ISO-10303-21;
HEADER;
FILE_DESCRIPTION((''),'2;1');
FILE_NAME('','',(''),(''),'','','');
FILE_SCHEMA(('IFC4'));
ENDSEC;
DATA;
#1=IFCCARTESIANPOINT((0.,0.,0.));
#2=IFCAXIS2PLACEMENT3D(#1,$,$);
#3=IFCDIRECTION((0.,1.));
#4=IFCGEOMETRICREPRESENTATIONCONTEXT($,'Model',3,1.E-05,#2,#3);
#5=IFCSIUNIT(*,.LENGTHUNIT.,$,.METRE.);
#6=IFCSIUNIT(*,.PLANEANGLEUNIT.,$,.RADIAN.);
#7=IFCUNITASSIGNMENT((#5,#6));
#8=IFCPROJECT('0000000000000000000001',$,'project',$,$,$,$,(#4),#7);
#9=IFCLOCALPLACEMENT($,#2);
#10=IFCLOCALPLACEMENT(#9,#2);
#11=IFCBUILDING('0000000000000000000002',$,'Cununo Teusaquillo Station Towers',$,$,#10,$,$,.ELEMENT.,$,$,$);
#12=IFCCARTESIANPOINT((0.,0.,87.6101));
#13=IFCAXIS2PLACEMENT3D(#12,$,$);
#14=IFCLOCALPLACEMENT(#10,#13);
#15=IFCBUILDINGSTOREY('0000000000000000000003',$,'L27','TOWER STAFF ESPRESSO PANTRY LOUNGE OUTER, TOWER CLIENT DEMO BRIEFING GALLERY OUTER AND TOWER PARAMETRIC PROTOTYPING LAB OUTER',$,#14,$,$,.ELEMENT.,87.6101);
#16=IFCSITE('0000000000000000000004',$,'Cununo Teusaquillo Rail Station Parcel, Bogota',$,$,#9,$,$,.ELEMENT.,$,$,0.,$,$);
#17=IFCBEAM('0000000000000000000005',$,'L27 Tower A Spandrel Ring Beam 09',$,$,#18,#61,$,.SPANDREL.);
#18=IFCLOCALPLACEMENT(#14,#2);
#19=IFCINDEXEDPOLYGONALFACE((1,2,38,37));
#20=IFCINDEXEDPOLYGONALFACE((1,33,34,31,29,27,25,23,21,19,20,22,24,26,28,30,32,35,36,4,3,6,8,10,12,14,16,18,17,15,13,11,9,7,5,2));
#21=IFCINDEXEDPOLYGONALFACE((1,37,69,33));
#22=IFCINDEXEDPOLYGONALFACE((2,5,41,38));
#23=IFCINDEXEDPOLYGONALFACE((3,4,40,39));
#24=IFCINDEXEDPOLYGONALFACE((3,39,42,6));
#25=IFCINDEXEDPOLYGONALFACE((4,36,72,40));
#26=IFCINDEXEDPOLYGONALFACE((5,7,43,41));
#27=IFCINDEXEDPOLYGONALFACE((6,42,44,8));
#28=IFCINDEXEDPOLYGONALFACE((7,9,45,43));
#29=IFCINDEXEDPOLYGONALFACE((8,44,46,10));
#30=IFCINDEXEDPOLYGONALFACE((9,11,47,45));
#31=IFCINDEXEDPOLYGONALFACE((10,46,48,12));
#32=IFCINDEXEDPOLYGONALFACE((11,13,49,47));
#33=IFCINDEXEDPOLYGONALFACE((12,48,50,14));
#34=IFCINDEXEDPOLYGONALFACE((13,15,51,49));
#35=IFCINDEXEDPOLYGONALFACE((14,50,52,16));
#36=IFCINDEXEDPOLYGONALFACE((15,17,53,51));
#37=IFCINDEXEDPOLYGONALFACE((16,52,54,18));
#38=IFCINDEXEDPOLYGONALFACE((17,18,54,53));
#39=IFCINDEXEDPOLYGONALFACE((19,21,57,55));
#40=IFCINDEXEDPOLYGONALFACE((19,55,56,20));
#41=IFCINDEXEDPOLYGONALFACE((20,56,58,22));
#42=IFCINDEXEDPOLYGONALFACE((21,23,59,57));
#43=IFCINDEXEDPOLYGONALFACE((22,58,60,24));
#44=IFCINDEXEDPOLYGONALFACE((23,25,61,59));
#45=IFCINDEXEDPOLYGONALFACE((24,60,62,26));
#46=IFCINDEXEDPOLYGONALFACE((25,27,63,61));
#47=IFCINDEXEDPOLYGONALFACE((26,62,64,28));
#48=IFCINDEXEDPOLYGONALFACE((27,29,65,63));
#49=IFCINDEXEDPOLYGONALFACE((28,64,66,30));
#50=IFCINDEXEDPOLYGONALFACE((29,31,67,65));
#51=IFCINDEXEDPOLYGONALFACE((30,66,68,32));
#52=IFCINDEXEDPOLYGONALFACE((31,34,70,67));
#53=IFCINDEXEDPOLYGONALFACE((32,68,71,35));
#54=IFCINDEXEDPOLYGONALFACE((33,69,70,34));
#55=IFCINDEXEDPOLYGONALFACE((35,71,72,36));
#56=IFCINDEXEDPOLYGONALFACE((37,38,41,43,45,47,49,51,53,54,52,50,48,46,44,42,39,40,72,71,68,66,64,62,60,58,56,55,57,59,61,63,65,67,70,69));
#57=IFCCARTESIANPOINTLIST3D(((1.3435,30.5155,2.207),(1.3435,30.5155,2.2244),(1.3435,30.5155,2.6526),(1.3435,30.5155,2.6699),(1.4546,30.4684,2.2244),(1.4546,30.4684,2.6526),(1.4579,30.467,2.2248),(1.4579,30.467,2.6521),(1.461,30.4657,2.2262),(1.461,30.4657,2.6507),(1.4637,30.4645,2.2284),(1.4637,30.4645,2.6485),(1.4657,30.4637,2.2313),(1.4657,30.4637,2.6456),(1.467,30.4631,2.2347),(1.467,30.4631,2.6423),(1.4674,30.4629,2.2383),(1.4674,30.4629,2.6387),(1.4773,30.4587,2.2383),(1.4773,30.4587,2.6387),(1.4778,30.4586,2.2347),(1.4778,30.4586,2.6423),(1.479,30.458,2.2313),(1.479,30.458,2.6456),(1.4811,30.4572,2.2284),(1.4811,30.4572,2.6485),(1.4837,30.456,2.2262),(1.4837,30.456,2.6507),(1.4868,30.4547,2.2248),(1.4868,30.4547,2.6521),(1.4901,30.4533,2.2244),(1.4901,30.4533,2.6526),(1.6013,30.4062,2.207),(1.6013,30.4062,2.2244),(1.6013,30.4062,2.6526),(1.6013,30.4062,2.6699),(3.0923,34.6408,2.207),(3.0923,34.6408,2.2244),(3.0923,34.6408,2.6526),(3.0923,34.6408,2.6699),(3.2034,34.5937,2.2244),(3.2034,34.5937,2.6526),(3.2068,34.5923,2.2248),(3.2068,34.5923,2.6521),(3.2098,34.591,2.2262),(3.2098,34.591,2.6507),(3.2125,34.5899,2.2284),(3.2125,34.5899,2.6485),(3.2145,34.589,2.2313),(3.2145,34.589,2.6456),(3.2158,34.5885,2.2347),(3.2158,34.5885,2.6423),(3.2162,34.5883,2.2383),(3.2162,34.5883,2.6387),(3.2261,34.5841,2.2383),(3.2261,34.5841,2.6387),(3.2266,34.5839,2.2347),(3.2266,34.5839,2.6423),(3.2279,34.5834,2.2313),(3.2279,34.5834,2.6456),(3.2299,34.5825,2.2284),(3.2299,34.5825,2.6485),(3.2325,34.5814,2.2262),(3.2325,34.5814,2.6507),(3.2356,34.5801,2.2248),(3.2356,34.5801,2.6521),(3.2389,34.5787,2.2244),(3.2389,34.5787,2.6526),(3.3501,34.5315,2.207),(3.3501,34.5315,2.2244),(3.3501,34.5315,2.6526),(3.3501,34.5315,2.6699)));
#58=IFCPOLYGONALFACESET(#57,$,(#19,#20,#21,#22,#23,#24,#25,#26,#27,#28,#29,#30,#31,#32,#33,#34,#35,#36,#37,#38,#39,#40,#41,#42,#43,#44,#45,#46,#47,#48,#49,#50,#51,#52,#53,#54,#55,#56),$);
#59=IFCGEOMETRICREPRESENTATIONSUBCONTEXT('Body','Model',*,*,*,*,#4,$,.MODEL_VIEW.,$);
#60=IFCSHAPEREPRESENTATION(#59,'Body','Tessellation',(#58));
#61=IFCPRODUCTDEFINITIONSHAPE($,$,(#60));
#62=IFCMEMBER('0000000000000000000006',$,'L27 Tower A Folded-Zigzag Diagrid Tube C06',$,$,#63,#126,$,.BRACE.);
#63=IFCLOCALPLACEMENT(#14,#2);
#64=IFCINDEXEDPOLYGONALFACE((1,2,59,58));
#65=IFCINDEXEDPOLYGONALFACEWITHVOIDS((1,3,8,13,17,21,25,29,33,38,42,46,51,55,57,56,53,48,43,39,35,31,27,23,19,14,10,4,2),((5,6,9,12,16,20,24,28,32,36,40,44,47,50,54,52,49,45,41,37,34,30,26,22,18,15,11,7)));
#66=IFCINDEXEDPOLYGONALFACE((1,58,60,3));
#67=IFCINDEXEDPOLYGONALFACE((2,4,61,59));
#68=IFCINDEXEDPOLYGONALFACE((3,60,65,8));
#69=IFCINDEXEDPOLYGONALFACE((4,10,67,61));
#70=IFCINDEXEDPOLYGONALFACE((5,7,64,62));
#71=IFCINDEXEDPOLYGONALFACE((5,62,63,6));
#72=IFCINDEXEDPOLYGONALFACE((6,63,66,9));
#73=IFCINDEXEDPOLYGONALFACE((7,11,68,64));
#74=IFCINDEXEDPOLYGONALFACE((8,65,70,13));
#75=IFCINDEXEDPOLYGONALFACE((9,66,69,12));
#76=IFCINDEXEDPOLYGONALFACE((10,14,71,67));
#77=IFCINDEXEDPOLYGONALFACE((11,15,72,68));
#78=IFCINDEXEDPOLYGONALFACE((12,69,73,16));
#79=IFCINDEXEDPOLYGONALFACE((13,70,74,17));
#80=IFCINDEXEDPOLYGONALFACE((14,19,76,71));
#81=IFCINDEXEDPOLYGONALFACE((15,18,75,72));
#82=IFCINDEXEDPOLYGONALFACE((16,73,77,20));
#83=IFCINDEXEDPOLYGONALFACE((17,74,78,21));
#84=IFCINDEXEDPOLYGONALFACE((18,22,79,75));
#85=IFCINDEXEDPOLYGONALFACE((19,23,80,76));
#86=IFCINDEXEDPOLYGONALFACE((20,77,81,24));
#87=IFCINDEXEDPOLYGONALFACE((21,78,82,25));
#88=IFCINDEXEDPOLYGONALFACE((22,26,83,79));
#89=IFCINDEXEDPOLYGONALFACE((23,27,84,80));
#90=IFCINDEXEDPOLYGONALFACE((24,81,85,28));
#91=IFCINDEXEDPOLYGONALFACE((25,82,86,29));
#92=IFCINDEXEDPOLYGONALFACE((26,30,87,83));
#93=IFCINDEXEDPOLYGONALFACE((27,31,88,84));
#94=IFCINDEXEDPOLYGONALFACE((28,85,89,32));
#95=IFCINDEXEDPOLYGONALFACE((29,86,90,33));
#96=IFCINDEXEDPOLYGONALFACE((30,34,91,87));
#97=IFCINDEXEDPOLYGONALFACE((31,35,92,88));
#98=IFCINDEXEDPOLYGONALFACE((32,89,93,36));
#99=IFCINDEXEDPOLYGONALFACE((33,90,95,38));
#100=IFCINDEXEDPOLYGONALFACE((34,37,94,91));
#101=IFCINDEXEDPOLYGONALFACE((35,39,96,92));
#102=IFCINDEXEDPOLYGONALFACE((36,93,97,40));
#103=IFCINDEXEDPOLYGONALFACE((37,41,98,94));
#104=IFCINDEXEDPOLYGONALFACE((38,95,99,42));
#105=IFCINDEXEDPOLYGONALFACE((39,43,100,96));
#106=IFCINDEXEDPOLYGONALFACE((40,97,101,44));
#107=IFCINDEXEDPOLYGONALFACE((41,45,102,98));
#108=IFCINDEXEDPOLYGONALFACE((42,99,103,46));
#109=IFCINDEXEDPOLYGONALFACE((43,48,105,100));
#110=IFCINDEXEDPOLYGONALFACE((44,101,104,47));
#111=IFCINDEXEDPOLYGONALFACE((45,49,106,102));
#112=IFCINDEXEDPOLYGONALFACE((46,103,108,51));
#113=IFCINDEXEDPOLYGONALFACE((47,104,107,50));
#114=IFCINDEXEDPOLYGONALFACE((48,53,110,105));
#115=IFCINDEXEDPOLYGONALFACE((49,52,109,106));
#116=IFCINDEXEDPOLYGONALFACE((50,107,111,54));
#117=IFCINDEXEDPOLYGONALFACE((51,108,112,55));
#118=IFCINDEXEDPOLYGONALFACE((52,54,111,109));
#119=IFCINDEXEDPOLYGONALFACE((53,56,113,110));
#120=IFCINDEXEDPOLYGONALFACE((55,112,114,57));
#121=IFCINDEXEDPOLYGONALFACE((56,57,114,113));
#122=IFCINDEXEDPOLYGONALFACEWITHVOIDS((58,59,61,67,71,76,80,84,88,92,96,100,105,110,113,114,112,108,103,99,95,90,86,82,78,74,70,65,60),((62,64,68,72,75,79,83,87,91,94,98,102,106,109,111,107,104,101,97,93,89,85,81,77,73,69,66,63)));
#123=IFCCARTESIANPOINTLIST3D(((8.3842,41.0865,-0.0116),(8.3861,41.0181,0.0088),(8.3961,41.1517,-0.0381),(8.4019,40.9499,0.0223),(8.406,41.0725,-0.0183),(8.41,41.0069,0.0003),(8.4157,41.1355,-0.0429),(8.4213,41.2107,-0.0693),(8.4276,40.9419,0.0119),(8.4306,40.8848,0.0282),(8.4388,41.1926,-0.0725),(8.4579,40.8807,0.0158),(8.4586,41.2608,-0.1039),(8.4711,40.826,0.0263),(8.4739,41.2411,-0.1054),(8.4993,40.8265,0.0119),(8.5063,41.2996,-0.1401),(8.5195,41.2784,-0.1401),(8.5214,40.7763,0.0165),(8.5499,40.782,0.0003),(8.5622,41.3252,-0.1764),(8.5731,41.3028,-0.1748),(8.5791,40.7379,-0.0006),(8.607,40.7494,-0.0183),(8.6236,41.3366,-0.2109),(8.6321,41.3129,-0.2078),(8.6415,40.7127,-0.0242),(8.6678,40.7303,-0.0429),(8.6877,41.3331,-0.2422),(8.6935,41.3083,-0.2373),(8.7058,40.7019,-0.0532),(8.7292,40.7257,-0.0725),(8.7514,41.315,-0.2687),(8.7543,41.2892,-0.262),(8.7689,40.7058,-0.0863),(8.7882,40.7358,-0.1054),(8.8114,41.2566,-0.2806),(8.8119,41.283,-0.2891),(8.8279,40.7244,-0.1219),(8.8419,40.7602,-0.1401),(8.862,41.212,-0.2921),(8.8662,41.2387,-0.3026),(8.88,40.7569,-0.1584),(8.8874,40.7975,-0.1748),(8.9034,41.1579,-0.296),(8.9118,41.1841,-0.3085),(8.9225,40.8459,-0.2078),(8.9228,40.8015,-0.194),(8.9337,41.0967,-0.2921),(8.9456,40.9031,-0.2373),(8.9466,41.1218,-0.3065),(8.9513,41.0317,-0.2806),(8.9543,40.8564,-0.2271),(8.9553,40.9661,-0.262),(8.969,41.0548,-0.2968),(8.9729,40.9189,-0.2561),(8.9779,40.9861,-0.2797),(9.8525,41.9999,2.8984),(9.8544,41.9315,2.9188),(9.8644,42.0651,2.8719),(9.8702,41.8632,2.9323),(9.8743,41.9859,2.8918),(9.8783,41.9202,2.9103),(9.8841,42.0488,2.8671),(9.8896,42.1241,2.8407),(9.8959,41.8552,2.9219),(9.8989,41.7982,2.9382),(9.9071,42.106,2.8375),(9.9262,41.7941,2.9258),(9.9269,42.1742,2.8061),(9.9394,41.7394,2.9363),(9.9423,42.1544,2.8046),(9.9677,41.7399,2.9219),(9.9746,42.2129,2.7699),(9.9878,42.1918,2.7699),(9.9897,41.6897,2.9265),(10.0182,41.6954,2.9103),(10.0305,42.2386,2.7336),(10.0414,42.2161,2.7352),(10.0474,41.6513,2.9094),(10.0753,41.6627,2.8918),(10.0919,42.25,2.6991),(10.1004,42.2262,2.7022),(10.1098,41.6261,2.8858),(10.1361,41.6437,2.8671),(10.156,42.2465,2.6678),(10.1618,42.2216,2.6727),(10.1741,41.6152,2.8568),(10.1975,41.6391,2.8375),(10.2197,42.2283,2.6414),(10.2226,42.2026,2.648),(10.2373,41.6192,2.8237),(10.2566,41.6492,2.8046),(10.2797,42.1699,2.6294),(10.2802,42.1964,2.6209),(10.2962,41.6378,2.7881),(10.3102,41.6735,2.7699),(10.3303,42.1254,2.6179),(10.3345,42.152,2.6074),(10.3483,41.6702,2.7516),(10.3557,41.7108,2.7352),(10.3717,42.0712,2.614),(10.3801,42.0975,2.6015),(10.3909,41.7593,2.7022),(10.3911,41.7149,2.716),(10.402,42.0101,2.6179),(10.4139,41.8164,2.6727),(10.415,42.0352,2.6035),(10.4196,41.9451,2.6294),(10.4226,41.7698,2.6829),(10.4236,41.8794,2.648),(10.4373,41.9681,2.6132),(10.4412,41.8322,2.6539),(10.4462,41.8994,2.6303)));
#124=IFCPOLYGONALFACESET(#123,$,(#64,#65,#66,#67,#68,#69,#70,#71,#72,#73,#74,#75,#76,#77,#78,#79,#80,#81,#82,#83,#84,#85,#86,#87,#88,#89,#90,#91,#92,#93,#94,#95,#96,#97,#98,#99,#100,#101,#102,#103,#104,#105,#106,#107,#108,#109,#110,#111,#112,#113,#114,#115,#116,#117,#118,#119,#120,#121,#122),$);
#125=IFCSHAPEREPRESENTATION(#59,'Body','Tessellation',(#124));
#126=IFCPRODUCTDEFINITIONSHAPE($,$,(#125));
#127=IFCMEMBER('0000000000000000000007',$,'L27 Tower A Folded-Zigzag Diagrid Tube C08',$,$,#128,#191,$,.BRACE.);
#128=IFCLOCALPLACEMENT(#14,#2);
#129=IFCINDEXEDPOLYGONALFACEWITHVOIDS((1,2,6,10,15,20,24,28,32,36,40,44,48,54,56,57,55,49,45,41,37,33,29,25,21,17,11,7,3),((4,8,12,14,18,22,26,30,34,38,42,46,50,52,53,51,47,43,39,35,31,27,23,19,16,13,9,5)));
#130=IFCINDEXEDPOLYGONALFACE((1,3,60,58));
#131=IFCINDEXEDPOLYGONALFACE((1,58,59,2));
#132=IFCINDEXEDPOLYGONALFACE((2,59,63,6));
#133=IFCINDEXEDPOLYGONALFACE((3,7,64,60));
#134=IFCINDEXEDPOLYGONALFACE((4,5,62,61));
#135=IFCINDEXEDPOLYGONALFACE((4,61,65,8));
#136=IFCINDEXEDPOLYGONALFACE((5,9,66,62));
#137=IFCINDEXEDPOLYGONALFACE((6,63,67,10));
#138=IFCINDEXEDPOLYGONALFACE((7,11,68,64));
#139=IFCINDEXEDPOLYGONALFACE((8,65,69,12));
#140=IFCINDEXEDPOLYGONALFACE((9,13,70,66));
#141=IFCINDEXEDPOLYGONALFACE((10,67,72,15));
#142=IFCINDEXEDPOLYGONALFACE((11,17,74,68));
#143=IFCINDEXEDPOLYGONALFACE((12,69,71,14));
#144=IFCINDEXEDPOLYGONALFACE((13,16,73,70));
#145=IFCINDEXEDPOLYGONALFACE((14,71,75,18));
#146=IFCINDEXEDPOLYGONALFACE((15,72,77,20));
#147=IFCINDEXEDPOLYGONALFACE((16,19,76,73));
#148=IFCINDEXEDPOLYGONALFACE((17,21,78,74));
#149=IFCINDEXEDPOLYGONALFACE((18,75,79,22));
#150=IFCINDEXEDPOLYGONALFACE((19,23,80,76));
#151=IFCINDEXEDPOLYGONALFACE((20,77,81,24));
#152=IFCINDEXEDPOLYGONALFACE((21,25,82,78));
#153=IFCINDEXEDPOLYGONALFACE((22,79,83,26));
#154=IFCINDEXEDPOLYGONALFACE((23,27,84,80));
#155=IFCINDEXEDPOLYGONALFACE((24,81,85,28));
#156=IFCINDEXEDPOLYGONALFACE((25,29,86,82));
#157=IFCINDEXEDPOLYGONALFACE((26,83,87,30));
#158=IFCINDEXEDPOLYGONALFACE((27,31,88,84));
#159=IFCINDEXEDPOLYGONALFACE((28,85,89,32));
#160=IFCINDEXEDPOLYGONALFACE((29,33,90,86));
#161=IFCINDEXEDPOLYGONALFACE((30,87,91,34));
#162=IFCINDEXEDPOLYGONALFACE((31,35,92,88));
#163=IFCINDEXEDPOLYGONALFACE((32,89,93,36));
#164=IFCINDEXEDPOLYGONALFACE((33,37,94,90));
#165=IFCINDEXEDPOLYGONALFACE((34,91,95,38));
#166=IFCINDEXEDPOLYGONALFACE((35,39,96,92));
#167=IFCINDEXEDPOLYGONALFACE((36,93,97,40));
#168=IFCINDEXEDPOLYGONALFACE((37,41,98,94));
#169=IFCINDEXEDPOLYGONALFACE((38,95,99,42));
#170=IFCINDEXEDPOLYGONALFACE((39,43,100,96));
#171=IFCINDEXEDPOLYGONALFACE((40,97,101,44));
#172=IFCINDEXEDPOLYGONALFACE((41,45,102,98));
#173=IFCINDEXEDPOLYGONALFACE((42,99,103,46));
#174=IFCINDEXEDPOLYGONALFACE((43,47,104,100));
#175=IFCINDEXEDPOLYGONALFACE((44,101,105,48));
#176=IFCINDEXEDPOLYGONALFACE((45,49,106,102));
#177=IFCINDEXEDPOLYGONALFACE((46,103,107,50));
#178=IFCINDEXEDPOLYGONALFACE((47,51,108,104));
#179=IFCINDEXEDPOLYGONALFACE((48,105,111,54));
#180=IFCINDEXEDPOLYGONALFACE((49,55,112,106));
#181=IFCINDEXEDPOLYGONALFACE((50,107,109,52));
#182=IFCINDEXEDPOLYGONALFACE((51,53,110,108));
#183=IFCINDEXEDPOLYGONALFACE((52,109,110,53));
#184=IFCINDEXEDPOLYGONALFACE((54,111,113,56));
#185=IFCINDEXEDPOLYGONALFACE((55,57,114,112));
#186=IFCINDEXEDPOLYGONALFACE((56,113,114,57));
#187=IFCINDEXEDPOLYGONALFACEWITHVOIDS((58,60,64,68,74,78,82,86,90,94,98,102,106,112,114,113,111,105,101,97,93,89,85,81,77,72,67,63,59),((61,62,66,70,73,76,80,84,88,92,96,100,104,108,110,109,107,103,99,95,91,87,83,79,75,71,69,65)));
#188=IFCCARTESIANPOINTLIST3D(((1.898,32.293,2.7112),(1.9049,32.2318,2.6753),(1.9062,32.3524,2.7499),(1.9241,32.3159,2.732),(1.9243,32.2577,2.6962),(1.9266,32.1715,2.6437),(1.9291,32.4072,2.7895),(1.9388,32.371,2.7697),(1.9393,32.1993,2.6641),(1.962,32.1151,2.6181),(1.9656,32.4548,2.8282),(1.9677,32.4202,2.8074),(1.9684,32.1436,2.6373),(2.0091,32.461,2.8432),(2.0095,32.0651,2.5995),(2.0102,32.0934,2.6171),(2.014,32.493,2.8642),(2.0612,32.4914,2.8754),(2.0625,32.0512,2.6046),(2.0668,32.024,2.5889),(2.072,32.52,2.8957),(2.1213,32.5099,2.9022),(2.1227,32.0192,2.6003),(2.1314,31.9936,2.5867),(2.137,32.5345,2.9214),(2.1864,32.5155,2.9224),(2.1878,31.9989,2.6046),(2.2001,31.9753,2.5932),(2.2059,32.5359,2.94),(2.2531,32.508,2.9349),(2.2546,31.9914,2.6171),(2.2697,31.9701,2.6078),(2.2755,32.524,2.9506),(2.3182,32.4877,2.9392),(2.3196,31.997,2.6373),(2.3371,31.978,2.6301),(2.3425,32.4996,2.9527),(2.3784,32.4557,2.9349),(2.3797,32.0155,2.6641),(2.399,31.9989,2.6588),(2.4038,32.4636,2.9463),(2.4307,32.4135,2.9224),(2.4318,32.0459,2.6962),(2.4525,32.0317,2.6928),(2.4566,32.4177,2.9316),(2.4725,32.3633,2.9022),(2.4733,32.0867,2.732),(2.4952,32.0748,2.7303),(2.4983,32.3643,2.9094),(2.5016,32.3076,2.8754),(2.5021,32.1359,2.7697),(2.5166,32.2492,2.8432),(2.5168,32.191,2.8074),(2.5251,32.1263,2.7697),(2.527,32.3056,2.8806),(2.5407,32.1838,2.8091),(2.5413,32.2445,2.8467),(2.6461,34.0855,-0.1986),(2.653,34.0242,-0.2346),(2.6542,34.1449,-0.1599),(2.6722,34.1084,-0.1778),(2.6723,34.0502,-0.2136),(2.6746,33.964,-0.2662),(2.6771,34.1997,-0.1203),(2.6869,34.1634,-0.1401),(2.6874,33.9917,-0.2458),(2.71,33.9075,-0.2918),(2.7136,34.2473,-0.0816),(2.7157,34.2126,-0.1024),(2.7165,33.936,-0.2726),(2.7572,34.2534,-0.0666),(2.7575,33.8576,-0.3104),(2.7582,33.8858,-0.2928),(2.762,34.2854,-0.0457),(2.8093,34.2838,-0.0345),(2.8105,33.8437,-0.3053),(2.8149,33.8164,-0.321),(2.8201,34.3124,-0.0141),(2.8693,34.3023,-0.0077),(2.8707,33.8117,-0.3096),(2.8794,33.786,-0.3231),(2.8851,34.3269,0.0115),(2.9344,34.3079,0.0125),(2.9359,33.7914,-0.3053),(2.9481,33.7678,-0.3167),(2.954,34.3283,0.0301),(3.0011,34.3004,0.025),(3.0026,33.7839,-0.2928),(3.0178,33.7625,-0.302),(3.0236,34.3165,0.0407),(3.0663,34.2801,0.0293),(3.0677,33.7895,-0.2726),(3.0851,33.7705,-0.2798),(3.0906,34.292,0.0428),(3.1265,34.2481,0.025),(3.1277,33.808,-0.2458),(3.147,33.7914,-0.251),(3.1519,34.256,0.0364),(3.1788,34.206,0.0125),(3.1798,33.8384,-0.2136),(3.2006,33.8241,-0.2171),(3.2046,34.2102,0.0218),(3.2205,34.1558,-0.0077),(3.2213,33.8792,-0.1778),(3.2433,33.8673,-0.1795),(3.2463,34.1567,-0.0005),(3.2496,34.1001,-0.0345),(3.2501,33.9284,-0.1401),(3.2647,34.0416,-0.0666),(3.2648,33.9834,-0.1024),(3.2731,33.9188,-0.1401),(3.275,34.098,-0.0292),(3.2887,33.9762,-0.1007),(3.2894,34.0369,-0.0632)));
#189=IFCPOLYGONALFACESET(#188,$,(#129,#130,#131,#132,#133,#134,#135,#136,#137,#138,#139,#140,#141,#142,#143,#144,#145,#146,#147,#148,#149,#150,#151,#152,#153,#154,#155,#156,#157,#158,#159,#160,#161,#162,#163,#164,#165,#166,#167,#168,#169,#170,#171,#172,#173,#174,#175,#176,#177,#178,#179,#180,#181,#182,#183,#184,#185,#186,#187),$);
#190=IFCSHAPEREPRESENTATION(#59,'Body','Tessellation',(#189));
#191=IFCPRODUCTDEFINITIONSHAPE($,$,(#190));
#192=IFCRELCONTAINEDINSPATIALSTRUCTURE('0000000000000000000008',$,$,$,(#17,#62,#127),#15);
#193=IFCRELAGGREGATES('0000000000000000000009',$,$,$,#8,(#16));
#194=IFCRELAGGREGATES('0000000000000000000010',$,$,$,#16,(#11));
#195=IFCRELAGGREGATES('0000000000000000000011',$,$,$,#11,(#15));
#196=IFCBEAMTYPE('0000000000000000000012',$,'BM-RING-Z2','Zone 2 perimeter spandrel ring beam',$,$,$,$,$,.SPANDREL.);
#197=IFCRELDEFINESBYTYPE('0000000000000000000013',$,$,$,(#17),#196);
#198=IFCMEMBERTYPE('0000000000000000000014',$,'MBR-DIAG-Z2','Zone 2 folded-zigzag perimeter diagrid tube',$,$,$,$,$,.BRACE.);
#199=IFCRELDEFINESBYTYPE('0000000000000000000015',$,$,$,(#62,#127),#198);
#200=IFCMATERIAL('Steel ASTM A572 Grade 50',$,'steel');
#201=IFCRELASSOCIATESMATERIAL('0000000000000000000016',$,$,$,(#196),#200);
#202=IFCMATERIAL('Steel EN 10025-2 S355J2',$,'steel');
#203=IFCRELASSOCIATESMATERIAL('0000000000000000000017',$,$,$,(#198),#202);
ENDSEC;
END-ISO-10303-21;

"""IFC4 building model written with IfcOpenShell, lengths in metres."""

from ifc_helpers import new_model, si_unit, direction, frame, origin, origin_2d, place, context, subcontext, project, spatial, hollow_circle, i_section, extrude, material, material_profile, profile_set, type_object, element, save


model = new_model("IFC4")

# Units and contexts
model_context = context("Model", 3, precision=1e-05, world=origin(), true_north=direction((0.0, 1.0)))
body_context = subcontext(model_context, "Body", "Model", "MODEL_VIEW")
ifc_project = project(units=[si_unit("LENGTHUNIT", "METRE"), si_unit("PLANEANGLEUNIT", "RADIAN")], contexts=[model_context])

# Site, building, storey
site_placement = place(None, origin())
site = spatial("IfcSite", under=ifc_project, at=site_placement, Name="Cununo Teusaquillo Rail Station Parcel, Bogota", CompositionType="ELEMENT", RefElevation=0.0)
building_placement = place(site_placement, origin())
building = spatial("IfcBuilding", under=site, at=building_placement, Name="Cununo Teusaquillo Station Towers", CompositionType="ELEMENT")
storey_placement = place(building_placement, frame((0.0, 0.0, 87.6101)))
storey = spatial("IfcBuildingStorey", under=building, at=storey_placement, Name="L27", Description="TOWER STAFF ESPRESSO PANTRY LOUNGE OUTER, TOWER CLIENT DEMO BRIEFING GALLERY OUTER AND TOWER PARAMETRIC PROTOTYPING LAB OUTER", CompositionType="ELEMENT", Elevation=87.6101)

# Beam
ifc_material_1 = material(Name="Steel ASTM A572 Grade 50", Category="steel")
ifc_material_profile_1 = material_profile(ifc_material_1, i_section(OverallWidth=0.28, OverallDepth=0.4629, WebThickness=0.0107, FlangeThickness=0.0173, FilletRadius=0.0139, at=origin_2d()), Name="W18X76")
ifc_profile_set_1 = profile_set([ifc_material_profile_1], Name="Steel ASTM A572 Grade 50")
beam_type_1 = type_object("IfcBeamType", Name="BM-RING-Z2", Description="Zone 2 perimeter spandrel ring beam", PredefinedType="SPANDREL", material=ifc_profile_set_1)
beam_1_placement = place(storey_placement, frame((3.2212, 34.5862, 2.4385), z_axis=(-0.390299, -0.920688, 0.0), x_axis=(0.920688, -0.390299, 0.0)))
element("IfcBeam", 1, at=beam_1_placement, inside=storey, type_object=beam_type_1, Name="L27 Tower A Spandrel Ring Beam 09", PredefinedType="SPANDREL", context=body_context, shape_type="SweptSolid", body=[
    extrude(i_section(OverallWidth=0.28, OverallDepth=0.4629, WebThickness=0.0107, FlangeThickness=0.0173, FilletRadius=0.0139, at=origin_2d()), origin(), (0.0, 0.0, 1.0), 4.4807),
])

# Members
ifc_material_2 = material(Name="Steel EN 10025-2 S355J2", Category="steel")
ifc_material_profile_2 = material_profile(ifc_material_2, hollow_circle(Radius=0.3301, WallThickness=0.0249, at=origin_2d()), Name="CHS 660x25")
ifc_profile_set_2 = profile_set([ifc_material_profile_2], Name="Steel EN 10025-2 S355J2")
member_type = type_object("IfcMemberType", Name="MBR-DIAG-Z2", Description="Zone 2 folded-zigzag perimeter diagrid tube", PredefinedType="BRACE", material=ifc_profile_set_2)
member_1_placement = place(storey_placement, frame((8.6807, 41.0193, -0.1401), z_axis=(0.433768, 0.269825, 0.859674), x_axis=(-0.528196, 0.849123, 0.0)))
element("IfcMember", 2, at=member_1_placement, inside=storey, type_object=member_type, Name="L27 Tower A Folded-Zigzag Diagrid Tube C06", PredefinedType="BRACE", context=body_context, shape_type="SweptSolid", body=[
    extrude(hollow_circle(Radius=0.3301, WallThickness=0.0249, at=origin_2d()), origin(), (0.0, 0.0, 1.0), 3.385),
])
member_2_placement = place(storey_placement, frame((2.9685, 34.0459, -0.1401), z_axis=(-0.213814, -0.512343, 0.831738), x_axis=(0.922861, -0.385133, 0.0)))
element("IfcMember", 3, at=member_2_placement, inside=storey, type_object=member_type, Name="L27 Tower A Folded-Zigzag Diagrid Tube C08", PredefinedType="BRACE", context=body_context, shape_type="SweptSolid", body=[
    extrude(hollow_circle(Radius=0.3301, WallThickness=0.0249, at=origin_2d()), origin(), (0.0, 0.0, 1.0), 3.4985),
])

save(model, "model.ifc")
